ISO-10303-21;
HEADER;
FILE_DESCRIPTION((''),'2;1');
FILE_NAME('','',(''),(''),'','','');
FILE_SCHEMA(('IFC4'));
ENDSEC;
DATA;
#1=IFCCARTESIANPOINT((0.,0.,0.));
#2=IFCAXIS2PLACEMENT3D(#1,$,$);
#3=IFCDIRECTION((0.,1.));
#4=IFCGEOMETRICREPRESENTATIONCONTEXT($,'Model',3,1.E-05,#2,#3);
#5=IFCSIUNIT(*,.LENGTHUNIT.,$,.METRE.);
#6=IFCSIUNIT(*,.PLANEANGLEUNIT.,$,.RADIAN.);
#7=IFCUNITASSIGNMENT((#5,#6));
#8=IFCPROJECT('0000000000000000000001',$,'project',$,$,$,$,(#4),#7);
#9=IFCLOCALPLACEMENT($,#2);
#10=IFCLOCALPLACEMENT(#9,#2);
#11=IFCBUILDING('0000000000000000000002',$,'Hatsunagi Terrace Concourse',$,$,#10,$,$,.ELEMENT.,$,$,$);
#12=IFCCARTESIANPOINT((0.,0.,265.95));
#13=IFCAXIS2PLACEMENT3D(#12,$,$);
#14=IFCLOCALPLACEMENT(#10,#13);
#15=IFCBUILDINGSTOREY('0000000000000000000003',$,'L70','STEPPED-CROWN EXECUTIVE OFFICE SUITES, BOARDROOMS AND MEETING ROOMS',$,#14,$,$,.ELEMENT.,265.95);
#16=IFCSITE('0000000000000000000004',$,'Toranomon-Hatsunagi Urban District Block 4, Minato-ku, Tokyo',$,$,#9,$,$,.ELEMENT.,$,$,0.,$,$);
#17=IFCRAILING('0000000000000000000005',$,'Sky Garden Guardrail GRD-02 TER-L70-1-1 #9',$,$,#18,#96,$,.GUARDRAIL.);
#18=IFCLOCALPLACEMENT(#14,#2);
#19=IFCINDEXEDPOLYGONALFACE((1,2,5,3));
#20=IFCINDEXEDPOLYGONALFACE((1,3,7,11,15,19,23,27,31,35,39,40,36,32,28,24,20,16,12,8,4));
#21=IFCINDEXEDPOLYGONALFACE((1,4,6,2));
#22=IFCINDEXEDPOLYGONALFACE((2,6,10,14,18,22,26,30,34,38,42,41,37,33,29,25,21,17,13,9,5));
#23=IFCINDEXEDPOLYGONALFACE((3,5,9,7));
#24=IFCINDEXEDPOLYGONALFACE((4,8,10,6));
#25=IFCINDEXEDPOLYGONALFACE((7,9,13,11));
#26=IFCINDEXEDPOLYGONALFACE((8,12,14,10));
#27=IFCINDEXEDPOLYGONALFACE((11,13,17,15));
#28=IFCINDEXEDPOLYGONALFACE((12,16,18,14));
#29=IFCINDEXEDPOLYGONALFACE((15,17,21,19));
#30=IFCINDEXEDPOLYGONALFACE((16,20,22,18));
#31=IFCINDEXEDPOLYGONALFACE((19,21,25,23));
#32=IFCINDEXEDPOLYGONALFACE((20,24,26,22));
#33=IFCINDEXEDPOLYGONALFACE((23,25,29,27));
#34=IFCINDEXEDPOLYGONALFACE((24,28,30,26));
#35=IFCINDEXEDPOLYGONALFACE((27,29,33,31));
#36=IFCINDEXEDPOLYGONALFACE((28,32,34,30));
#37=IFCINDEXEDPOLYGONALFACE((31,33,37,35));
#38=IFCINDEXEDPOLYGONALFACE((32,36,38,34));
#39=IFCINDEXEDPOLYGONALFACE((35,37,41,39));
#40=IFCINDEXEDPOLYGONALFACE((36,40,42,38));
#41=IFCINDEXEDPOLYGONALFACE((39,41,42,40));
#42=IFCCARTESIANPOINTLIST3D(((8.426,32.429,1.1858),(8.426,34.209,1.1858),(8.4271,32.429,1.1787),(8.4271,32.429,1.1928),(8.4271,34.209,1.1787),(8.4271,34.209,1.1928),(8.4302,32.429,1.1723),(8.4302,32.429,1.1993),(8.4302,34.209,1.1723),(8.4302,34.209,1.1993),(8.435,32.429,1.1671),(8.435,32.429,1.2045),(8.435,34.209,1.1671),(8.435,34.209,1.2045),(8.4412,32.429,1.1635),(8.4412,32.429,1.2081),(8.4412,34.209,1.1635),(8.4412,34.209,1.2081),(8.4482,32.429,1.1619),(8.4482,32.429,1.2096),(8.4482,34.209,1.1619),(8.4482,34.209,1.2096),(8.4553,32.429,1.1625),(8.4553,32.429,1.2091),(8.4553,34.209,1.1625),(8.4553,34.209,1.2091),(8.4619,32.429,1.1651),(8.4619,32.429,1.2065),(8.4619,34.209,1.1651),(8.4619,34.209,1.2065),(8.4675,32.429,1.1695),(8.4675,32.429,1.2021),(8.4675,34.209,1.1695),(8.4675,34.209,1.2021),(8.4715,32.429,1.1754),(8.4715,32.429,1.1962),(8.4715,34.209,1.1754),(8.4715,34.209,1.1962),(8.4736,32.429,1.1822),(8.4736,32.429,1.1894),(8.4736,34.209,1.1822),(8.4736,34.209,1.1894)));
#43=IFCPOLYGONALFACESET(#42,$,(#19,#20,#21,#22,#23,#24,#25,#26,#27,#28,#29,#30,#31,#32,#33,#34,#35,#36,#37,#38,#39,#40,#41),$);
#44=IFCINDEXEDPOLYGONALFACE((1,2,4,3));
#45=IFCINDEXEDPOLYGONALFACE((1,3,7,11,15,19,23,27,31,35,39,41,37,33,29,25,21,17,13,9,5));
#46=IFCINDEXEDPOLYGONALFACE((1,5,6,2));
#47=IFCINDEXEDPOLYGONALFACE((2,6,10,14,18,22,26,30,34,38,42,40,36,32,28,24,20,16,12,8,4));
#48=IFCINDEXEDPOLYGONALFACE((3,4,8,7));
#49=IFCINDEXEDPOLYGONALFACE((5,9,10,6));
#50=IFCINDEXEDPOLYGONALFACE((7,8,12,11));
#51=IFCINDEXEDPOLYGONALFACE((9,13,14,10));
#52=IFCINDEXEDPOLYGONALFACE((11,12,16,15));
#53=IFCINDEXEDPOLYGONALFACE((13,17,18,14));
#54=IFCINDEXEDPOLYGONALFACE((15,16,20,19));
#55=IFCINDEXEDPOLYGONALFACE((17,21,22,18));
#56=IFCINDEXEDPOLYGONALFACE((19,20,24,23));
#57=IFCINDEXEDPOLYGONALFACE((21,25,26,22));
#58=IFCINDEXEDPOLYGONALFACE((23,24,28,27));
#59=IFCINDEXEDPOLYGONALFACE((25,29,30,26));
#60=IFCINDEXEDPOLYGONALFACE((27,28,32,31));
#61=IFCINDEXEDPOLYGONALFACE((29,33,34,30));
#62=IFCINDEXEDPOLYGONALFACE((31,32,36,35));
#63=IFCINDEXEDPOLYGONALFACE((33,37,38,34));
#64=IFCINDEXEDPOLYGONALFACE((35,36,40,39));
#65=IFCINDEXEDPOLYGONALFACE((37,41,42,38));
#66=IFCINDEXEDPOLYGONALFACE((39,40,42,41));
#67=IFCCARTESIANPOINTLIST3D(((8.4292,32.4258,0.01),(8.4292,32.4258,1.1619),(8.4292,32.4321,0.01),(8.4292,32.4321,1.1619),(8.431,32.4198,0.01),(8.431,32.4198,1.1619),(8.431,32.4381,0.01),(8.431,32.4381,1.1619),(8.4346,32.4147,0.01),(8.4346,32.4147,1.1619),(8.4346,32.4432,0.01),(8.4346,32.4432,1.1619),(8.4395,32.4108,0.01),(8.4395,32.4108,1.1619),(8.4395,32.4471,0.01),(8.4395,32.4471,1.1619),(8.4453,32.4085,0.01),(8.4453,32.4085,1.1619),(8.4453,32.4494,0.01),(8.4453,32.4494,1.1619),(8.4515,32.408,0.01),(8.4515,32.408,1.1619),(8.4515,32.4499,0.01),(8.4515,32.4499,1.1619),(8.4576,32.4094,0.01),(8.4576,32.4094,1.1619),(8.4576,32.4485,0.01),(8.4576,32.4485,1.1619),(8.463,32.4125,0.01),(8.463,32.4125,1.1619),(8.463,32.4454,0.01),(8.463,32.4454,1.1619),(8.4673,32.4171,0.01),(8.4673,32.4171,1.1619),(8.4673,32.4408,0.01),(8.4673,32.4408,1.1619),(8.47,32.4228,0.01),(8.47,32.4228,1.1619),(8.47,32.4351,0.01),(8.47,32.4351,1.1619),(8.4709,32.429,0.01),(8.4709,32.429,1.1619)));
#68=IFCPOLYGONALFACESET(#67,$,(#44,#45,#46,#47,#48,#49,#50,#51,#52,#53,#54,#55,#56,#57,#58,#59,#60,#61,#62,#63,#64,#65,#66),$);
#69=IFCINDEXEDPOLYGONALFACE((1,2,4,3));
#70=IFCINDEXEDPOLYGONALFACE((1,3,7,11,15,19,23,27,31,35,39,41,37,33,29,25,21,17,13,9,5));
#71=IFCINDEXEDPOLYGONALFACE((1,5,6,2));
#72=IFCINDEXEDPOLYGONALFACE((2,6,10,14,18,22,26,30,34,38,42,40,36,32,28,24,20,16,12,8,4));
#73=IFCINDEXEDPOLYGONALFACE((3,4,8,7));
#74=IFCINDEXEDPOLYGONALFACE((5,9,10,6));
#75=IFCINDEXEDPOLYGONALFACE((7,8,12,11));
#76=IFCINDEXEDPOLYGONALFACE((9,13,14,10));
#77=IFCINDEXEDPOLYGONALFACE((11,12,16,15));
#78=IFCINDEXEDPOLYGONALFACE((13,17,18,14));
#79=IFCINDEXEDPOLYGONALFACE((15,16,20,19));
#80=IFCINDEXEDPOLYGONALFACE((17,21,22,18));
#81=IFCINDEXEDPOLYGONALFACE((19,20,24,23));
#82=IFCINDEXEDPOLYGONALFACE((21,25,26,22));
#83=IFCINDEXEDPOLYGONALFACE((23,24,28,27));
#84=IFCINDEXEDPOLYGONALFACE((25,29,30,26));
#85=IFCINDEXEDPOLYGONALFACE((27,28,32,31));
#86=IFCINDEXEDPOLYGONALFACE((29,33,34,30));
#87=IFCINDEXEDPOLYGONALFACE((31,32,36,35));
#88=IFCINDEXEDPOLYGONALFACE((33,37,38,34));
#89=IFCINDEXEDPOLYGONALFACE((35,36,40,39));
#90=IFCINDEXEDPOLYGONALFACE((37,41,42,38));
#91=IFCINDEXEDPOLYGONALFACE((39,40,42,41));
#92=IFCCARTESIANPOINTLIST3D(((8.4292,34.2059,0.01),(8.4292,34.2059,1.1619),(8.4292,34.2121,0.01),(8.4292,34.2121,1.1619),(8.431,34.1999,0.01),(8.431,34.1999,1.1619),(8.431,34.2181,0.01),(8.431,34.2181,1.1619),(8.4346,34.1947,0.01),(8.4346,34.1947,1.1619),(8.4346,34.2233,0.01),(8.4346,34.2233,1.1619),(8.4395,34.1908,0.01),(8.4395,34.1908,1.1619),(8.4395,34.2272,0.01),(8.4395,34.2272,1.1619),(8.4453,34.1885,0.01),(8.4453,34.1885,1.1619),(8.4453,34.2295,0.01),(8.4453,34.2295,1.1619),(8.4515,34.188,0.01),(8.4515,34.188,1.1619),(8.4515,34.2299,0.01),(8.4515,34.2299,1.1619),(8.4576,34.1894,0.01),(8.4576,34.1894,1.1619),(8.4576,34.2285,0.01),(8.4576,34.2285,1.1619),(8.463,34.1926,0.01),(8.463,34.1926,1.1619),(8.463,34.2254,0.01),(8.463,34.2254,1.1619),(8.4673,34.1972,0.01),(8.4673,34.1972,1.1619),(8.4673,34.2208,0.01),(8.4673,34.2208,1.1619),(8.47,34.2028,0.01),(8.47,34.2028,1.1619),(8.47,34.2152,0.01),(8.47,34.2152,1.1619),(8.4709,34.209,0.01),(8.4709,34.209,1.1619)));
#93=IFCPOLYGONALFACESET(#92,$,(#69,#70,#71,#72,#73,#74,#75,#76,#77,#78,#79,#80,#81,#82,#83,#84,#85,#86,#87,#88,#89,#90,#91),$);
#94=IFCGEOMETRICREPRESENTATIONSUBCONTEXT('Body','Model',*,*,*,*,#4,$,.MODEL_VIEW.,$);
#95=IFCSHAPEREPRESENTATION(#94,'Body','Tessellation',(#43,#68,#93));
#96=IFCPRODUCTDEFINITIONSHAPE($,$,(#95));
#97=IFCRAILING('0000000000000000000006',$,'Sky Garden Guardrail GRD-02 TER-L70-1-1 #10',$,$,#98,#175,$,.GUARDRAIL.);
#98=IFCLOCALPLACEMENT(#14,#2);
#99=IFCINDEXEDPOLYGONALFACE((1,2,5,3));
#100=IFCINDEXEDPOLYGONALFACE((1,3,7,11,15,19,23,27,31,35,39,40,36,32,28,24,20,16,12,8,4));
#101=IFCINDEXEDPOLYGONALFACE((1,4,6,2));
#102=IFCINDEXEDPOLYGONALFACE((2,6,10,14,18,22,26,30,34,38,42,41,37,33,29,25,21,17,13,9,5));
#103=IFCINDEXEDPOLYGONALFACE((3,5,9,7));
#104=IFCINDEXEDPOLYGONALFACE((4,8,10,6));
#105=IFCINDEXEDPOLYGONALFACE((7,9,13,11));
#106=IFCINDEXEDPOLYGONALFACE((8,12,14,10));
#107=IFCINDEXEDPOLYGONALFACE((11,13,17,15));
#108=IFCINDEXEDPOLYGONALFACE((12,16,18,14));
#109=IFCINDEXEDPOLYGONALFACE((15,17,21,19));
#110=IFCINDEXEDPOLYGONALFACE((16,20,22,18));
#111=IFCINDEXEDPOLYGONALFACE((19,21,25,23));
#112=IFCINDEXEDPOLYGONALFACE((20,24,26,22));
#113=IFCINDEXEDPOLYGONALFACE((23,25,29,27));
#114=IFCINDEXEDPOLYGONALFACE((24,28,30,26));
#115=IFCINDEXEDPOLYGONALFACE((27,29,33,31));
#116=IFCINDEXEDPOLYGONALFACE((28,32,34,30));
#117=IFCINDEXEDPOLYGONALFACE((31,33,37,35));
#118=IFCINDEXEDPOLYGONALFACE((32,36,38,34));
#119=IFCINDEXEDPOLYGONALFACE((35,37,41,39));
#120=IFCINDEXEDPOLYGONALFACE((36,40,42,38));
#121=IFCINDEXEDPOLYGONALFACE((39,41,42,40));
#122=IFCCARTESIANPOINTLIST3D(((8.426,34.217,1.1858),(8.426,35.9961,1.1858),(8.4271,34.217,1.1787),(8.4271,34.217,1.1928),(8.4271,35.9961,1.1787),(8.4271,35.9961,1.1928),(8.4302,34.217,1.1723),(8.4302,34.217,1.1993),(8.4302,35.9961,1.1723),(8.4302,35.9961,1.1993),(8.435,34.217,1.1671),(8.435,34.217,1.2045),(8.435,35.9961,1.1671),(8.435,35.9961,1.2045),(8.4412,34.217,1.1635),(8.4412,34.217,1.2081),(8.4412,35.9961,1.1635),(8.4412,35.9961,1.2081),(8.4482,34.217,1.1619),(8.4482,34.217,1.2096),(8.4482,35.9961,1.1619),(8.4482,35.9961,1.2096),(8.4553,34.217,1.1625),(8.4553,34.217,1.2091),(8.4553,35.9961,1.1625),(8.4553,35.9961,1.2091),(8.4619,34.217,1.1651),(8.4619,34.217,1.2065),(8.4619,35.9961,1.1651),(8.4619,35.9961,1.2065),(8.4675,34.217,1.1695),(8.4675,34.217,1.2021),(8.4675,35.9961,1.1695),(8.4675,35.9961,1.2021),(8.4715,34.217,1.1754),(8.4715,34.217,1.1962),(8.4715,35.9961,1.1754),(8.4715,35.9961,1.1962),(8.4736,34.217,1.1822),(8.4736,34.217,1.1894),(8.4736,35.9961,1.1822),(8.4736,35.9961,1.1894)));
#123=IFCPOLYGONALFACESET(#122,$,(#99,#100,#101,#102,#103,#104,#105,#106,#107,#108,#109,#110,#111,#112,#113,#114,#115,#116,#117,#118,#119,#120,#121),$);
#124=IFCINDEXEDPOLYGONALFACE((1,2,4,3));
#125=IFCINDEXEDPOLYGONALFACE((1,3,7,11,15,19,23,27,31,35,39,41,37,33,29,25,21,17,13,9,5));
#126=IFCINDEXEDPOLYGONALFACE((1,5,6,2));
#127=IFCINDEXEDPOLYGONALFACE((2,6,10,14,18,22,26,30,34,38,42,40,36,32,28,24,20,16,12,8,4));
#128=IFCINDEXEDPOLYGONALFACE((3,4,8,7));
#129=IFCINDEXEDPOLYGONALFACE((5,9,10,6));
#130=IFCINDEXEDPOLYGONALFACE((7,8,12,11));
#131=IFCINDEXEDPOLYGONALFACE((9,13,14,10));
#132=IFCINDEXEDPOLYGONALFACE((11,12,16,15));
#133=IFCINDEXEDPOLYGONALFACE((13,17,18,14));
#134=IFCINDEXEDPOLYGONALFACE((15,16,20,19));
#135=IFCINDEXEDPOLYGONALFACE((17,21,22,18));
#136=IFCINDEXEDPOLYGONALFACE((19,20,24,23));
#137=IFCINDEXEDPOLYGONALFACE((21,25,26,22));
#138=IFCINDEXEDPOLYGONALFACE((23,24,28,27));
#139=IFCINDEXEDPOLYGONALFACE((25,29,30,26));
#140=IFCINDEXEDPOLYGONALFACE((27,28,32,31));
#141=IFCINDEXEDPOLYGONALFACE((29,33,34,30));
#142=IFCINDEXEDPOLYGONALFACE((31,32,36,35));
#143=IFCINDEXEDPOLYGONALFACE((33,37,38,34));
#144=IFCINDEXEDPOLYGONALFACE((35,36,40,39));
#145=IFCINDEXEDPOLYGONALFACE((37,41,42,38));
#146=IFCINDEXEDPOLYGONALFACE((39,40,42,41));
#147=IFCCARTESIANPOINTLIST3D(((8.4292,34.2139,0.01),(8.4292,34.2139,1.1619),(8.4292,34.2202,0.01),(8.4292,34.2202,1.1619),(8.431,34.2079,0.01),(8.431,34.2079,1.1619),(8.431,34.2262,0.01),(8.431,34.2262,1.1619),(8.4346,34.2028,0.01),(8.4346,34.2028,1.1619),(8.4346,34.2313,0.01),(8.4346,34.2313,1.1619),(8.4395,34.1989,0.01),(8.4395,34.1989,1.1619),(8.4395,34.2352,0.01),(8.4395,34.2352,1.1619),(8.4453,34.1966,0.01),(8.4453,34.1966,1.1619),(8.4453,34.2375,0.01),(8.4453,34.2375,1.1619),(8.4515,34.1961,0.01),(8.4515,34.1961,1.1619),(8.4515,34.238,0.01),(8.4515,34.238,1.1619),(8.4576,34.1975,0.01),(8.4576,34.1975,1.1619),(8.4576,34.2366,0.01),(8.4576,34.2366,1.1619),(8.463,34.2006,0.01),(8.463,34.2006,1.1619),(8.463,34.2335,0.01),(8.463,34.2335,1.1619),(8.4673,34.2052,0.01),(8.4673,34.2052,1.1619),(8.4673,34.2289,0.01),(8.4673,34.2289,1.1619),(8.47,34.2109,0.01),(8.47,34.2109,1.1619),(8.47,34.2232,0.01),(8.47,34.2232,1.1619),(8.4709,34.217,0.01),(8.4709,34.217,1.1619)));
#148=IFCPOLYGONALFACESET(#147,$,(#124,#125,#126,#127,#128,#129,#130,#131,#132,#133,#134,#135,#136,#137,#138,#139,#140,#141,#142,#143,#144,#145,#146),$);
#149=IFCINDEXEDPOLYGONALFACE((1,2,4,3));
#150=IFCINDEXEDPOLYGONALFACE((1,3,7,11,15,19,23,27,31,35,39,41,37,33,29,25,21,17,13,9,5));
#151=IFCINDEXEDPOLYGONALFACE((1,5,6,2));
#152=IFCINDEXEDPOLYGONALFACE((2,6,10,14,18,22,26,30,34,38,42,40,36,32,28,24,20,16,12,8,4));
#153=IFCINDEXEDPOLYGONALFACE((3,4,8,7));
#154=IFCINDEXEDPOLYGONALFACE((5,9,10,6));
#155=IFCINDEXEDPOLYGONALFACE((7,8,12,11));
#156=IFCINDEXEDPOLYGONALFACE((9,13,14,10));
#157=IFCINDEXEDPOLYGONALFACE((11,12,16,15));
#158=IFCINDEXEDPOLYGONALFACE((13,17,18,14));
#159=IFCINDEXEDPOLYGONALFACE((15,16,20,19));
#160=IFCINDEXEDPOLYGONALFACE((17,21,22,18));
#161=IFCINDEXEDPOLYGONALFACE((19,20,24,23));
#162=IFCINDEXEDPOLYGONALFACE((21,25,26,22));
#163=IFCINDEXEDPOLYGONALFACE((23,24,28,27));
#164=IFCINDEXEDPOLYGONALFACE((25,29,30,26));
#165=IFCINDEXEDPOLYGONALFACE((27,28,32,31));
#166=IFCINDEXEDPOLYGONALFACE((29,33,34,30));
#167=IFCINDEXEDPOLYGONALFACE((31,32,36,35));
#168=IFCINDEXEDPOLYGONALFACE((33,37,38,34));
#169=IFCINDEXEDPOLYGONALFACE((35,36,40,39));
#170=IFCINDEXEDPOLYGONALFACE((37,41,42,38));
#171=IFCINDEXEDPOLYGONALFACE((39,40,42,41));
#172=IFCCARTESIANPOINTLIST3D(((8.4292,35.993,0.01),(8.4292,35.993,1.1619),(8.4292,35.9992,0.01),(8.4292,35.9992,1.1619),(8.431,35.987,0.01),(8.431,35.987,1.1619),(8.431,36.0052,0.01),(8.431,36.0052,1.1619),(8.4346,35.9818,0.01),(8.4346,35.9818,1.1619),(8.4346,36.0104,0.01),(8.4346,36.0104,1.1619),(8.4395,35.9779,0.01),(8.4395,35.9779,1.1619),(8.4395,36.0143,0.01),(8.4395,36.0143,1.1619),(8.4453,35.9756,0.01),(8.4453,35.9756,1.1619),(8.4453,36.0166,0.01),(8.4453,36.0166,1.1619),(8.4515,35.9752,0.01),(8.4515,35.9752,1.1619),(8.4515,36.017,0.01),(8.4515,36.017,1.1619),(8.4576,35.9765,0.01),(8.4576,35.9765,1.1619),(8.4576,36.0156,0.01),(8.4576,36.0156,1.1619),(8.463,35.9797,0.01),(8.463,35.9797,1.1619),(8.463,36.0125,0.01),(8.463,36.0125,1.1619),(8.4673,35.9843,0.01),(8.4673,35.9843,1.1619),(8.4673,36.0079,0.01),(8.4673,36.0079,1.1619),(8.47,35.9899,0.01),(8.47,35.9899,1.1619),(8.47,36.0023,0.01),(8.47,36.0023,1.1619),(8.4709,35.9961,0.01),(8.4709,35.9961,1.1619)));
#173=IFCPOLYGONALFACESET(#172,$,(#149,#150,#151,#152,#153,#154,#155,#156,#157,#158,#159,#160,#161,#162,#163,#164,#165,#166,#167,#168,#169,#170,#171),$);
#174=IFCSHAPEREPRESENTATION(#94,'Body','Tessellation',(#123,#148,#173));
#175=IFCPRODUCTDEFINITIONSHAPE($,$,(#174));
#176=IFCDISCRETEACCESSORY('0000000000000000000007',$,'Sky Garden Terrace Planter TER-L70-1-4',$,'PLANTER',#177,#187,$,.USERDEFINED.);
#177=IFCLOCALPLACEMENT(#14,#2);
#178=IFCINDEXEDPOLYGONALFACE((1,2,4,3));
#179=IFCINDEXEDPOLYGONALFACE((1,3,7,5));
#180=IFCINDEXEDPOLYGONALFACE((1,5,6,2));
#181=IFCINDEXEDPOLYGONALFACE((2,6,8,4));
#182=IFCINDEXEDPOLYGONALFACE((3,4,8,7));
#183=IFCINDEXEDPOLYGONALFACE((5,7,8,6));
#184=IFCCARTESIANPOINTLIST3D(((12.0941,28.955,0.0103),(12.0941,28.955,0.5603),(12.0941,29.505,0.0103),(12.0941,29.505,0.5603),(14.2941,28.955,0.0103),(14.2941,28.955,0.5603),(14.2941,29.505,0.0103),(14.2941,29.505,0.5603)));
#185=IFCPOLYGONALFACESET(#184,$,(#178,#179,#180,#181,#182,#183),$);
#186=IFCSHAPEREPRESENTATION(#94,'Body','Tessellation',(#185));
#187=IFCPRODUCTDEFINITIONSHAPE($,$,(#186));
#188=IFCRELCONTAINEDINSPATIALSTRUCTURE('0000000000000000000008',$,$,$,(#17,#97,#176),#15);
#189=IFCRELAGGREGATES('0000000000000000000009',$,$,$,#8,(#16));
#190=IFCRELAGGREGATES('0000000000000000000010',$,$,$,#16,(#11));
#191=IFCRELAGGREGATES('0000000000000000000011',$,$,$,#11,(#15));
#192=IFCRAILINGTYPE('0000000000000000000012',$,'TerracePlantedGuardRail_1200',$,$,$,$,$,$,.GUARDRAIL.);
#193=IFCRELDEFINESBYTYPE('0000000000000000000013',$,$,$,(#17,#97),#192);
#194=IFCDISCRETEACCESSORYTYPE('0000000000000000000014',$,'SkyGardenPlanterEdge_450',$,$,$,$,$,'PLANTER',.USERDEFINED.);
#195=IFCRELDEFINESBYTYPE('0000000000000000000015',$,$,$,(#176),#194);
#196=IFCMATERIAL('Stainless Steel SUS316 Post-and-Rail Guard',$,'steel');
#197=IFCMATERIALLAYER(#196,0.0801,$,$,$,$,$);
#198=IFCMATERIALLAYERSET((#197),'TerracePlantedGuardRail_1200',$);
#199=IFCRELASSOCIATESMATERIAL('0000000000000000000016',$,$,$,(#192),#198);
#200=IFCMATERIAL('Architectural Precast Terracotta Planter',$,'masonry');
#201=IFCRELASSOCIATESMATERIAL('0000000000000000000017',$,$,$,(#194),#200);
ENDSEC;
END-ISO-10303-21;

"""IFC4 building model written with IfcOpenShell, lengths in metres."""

from ifc_helpers import new_model, si_unit, direction, frame, origin, origin_2d, place, context, subcontext, project, spatial, rectangle, circle, extrude, material, layer, layer_set, type_object, element, save


model = new_model("IFC4")

# Units and contexts
model_context = context("Model", 3, precision=1e-05, world=origin(), true_north=direction((0.0, 1.0)))
body_context = subcontext(model_context, "Body", "Model", "MODEL_VIEW")
ifc_project = project(units=[si_unit("LENGTHUNIT", "METRE"), si_unit("PLANEANGLEUNIT", "RADIAN")], contexts=[model_context])

# Site, building, storey
site_placement = place(None, origin())
site = spatial("IfcSite", under=ifc_project, at=site_placement, Name="Toranomon-Hatsunagi Urban District Block 4, Minato-ku, Tokyo", CompositionType="ELEMENT", RefElevation=0.0)
building_placement = place(site_placement, origin())
building = spatial("IfcBuilding", under=site, at=building_placement, Name="Hatsunagi Terrace Concourse", CompositionType="ELEMENT")
storey_placement = place(building_placement, frame((0.0, 0.0, 265.95)))
storey = spatial("IfcBuildingStorey", under=building, at=storey_placement, Name="L70", Description="STEPPED-CROWN EXECUTIVE OFFICE SUITES, BOARDROOMS AND MEETING ROOMS", CompositionType="ELEMENT", Elevation=265.95)

# Railings
ifc_material_1 = material(Name="Stainless Steel SUS316 Post-and-Rail Guard", Category="steel")
ifc_layer_1 = layer(ifc_material_1, 0.0801)
ifc_layer_set_1 = layer_set([ifc_layer_1], Name="TerracePlantedGuardRail_1200")
railing_type = type_object("IfcRailingType", Name="TerracePlantedGuardRail_1200", PredefinedType="GUARDRAIL", material=ifc_layer_set_1)
railing_1_placement = place(storey_placement, frame((8.45, 32.429, 0.01)))
element("IfcRailing", 1, at=railing_1_placement, inside=storey, type_object=railing_type, Name="Sky Garden Guardrail GRD-02 TER-L70-1-1 #9", PredefinedType="GUARDRAIL", context=body_context, shape_type="SweptSolid", body=[
    extrude(circle(Radius=0.0239, at=origin_2d()), frame((0.0, 0.0, 1.1758), z_axis=(0.0, 1.0, 0.0), x_axis=(-1.0, 0.0, 0.0)), (0.0, 0.0, 1.0), 1.78),
    extrude(circle(Radius=0.021, at=origin_2d()), origin(), (0.0, 0.0, 1.0), 1.1519),
    extrude(circle(Radius=0.021, at=origin_2d()), frame((0.0, 1.78, 0.0)), (0.0, 0.0, 1.0), 1.1519),
])
railing_2_placement = place(storey_placement, frame((8.45, 34.217, 0.01)))
element("IfcRailing", 2, at=railing_2_placement, inside=storey, type_object=railing_type, Name="Sky Garden Guardrail GRD-02 TER-L70-1-1 #10", PredefinedType="GUARDRAIL", context=body_context, shape_type="SweptSolid", body=[
    extrude(circle(Radius=0.0239, at=origin_2d()), frame((0.0, 0.0, 1.1758), z_axis=(0.0, 1.0, 0.0), x_axis=(-1.0, 0.0, 0.0)), (0.0, 0.0, 1.0), 1.7791),
    extrude(circle(Radius=0.021, at=origin_2d()), origin(), (0.0, 0.0, 1.0), 1.1519),
    extrude(circle(Radius=0.021, at=origin_2d()), frame((0.0, 1.7791, 0.0)), (0.0, 0.0, 1.0), 1.1519),
])

# Discrete accessory
ifc_material_2 = material(Name="Architectural Precast Terracotta Planter", Category="masonry")
discrete_accessory_type = type_object("IfcDiscreteAccessoryType", Name="SkyGardenPlanterEdge_450", ElementType="PLANTER", PredefinedType="USERDEFINED", material=ifc_material_2)
discrete_accessory_placement = place(storey_placement, frame((13.1941, 29.23, 0.0103), z_axis=(0.0, 0.0, 1.0), x_axis=(-1.0, 0.0, 0.0)))
element("IfcDiscreteAccessory", 3, at=discrete_accessory_placement, inside=storey, type_object=discrete_accessory_type, Name="Sky Garden Terrace Planter TER-L70-1-4", ObjectType="PLANTER", PredefinedType="USERDEFINED", context=body_context, shape_type="SweptSolid", body=[
    extrude(rectangle(XDim=2.2, YDim=0.55, at=origin_2d()), origin(), (0.0, 0.0, 1.0), 0.55),
])

save(model, "model.ifc")
